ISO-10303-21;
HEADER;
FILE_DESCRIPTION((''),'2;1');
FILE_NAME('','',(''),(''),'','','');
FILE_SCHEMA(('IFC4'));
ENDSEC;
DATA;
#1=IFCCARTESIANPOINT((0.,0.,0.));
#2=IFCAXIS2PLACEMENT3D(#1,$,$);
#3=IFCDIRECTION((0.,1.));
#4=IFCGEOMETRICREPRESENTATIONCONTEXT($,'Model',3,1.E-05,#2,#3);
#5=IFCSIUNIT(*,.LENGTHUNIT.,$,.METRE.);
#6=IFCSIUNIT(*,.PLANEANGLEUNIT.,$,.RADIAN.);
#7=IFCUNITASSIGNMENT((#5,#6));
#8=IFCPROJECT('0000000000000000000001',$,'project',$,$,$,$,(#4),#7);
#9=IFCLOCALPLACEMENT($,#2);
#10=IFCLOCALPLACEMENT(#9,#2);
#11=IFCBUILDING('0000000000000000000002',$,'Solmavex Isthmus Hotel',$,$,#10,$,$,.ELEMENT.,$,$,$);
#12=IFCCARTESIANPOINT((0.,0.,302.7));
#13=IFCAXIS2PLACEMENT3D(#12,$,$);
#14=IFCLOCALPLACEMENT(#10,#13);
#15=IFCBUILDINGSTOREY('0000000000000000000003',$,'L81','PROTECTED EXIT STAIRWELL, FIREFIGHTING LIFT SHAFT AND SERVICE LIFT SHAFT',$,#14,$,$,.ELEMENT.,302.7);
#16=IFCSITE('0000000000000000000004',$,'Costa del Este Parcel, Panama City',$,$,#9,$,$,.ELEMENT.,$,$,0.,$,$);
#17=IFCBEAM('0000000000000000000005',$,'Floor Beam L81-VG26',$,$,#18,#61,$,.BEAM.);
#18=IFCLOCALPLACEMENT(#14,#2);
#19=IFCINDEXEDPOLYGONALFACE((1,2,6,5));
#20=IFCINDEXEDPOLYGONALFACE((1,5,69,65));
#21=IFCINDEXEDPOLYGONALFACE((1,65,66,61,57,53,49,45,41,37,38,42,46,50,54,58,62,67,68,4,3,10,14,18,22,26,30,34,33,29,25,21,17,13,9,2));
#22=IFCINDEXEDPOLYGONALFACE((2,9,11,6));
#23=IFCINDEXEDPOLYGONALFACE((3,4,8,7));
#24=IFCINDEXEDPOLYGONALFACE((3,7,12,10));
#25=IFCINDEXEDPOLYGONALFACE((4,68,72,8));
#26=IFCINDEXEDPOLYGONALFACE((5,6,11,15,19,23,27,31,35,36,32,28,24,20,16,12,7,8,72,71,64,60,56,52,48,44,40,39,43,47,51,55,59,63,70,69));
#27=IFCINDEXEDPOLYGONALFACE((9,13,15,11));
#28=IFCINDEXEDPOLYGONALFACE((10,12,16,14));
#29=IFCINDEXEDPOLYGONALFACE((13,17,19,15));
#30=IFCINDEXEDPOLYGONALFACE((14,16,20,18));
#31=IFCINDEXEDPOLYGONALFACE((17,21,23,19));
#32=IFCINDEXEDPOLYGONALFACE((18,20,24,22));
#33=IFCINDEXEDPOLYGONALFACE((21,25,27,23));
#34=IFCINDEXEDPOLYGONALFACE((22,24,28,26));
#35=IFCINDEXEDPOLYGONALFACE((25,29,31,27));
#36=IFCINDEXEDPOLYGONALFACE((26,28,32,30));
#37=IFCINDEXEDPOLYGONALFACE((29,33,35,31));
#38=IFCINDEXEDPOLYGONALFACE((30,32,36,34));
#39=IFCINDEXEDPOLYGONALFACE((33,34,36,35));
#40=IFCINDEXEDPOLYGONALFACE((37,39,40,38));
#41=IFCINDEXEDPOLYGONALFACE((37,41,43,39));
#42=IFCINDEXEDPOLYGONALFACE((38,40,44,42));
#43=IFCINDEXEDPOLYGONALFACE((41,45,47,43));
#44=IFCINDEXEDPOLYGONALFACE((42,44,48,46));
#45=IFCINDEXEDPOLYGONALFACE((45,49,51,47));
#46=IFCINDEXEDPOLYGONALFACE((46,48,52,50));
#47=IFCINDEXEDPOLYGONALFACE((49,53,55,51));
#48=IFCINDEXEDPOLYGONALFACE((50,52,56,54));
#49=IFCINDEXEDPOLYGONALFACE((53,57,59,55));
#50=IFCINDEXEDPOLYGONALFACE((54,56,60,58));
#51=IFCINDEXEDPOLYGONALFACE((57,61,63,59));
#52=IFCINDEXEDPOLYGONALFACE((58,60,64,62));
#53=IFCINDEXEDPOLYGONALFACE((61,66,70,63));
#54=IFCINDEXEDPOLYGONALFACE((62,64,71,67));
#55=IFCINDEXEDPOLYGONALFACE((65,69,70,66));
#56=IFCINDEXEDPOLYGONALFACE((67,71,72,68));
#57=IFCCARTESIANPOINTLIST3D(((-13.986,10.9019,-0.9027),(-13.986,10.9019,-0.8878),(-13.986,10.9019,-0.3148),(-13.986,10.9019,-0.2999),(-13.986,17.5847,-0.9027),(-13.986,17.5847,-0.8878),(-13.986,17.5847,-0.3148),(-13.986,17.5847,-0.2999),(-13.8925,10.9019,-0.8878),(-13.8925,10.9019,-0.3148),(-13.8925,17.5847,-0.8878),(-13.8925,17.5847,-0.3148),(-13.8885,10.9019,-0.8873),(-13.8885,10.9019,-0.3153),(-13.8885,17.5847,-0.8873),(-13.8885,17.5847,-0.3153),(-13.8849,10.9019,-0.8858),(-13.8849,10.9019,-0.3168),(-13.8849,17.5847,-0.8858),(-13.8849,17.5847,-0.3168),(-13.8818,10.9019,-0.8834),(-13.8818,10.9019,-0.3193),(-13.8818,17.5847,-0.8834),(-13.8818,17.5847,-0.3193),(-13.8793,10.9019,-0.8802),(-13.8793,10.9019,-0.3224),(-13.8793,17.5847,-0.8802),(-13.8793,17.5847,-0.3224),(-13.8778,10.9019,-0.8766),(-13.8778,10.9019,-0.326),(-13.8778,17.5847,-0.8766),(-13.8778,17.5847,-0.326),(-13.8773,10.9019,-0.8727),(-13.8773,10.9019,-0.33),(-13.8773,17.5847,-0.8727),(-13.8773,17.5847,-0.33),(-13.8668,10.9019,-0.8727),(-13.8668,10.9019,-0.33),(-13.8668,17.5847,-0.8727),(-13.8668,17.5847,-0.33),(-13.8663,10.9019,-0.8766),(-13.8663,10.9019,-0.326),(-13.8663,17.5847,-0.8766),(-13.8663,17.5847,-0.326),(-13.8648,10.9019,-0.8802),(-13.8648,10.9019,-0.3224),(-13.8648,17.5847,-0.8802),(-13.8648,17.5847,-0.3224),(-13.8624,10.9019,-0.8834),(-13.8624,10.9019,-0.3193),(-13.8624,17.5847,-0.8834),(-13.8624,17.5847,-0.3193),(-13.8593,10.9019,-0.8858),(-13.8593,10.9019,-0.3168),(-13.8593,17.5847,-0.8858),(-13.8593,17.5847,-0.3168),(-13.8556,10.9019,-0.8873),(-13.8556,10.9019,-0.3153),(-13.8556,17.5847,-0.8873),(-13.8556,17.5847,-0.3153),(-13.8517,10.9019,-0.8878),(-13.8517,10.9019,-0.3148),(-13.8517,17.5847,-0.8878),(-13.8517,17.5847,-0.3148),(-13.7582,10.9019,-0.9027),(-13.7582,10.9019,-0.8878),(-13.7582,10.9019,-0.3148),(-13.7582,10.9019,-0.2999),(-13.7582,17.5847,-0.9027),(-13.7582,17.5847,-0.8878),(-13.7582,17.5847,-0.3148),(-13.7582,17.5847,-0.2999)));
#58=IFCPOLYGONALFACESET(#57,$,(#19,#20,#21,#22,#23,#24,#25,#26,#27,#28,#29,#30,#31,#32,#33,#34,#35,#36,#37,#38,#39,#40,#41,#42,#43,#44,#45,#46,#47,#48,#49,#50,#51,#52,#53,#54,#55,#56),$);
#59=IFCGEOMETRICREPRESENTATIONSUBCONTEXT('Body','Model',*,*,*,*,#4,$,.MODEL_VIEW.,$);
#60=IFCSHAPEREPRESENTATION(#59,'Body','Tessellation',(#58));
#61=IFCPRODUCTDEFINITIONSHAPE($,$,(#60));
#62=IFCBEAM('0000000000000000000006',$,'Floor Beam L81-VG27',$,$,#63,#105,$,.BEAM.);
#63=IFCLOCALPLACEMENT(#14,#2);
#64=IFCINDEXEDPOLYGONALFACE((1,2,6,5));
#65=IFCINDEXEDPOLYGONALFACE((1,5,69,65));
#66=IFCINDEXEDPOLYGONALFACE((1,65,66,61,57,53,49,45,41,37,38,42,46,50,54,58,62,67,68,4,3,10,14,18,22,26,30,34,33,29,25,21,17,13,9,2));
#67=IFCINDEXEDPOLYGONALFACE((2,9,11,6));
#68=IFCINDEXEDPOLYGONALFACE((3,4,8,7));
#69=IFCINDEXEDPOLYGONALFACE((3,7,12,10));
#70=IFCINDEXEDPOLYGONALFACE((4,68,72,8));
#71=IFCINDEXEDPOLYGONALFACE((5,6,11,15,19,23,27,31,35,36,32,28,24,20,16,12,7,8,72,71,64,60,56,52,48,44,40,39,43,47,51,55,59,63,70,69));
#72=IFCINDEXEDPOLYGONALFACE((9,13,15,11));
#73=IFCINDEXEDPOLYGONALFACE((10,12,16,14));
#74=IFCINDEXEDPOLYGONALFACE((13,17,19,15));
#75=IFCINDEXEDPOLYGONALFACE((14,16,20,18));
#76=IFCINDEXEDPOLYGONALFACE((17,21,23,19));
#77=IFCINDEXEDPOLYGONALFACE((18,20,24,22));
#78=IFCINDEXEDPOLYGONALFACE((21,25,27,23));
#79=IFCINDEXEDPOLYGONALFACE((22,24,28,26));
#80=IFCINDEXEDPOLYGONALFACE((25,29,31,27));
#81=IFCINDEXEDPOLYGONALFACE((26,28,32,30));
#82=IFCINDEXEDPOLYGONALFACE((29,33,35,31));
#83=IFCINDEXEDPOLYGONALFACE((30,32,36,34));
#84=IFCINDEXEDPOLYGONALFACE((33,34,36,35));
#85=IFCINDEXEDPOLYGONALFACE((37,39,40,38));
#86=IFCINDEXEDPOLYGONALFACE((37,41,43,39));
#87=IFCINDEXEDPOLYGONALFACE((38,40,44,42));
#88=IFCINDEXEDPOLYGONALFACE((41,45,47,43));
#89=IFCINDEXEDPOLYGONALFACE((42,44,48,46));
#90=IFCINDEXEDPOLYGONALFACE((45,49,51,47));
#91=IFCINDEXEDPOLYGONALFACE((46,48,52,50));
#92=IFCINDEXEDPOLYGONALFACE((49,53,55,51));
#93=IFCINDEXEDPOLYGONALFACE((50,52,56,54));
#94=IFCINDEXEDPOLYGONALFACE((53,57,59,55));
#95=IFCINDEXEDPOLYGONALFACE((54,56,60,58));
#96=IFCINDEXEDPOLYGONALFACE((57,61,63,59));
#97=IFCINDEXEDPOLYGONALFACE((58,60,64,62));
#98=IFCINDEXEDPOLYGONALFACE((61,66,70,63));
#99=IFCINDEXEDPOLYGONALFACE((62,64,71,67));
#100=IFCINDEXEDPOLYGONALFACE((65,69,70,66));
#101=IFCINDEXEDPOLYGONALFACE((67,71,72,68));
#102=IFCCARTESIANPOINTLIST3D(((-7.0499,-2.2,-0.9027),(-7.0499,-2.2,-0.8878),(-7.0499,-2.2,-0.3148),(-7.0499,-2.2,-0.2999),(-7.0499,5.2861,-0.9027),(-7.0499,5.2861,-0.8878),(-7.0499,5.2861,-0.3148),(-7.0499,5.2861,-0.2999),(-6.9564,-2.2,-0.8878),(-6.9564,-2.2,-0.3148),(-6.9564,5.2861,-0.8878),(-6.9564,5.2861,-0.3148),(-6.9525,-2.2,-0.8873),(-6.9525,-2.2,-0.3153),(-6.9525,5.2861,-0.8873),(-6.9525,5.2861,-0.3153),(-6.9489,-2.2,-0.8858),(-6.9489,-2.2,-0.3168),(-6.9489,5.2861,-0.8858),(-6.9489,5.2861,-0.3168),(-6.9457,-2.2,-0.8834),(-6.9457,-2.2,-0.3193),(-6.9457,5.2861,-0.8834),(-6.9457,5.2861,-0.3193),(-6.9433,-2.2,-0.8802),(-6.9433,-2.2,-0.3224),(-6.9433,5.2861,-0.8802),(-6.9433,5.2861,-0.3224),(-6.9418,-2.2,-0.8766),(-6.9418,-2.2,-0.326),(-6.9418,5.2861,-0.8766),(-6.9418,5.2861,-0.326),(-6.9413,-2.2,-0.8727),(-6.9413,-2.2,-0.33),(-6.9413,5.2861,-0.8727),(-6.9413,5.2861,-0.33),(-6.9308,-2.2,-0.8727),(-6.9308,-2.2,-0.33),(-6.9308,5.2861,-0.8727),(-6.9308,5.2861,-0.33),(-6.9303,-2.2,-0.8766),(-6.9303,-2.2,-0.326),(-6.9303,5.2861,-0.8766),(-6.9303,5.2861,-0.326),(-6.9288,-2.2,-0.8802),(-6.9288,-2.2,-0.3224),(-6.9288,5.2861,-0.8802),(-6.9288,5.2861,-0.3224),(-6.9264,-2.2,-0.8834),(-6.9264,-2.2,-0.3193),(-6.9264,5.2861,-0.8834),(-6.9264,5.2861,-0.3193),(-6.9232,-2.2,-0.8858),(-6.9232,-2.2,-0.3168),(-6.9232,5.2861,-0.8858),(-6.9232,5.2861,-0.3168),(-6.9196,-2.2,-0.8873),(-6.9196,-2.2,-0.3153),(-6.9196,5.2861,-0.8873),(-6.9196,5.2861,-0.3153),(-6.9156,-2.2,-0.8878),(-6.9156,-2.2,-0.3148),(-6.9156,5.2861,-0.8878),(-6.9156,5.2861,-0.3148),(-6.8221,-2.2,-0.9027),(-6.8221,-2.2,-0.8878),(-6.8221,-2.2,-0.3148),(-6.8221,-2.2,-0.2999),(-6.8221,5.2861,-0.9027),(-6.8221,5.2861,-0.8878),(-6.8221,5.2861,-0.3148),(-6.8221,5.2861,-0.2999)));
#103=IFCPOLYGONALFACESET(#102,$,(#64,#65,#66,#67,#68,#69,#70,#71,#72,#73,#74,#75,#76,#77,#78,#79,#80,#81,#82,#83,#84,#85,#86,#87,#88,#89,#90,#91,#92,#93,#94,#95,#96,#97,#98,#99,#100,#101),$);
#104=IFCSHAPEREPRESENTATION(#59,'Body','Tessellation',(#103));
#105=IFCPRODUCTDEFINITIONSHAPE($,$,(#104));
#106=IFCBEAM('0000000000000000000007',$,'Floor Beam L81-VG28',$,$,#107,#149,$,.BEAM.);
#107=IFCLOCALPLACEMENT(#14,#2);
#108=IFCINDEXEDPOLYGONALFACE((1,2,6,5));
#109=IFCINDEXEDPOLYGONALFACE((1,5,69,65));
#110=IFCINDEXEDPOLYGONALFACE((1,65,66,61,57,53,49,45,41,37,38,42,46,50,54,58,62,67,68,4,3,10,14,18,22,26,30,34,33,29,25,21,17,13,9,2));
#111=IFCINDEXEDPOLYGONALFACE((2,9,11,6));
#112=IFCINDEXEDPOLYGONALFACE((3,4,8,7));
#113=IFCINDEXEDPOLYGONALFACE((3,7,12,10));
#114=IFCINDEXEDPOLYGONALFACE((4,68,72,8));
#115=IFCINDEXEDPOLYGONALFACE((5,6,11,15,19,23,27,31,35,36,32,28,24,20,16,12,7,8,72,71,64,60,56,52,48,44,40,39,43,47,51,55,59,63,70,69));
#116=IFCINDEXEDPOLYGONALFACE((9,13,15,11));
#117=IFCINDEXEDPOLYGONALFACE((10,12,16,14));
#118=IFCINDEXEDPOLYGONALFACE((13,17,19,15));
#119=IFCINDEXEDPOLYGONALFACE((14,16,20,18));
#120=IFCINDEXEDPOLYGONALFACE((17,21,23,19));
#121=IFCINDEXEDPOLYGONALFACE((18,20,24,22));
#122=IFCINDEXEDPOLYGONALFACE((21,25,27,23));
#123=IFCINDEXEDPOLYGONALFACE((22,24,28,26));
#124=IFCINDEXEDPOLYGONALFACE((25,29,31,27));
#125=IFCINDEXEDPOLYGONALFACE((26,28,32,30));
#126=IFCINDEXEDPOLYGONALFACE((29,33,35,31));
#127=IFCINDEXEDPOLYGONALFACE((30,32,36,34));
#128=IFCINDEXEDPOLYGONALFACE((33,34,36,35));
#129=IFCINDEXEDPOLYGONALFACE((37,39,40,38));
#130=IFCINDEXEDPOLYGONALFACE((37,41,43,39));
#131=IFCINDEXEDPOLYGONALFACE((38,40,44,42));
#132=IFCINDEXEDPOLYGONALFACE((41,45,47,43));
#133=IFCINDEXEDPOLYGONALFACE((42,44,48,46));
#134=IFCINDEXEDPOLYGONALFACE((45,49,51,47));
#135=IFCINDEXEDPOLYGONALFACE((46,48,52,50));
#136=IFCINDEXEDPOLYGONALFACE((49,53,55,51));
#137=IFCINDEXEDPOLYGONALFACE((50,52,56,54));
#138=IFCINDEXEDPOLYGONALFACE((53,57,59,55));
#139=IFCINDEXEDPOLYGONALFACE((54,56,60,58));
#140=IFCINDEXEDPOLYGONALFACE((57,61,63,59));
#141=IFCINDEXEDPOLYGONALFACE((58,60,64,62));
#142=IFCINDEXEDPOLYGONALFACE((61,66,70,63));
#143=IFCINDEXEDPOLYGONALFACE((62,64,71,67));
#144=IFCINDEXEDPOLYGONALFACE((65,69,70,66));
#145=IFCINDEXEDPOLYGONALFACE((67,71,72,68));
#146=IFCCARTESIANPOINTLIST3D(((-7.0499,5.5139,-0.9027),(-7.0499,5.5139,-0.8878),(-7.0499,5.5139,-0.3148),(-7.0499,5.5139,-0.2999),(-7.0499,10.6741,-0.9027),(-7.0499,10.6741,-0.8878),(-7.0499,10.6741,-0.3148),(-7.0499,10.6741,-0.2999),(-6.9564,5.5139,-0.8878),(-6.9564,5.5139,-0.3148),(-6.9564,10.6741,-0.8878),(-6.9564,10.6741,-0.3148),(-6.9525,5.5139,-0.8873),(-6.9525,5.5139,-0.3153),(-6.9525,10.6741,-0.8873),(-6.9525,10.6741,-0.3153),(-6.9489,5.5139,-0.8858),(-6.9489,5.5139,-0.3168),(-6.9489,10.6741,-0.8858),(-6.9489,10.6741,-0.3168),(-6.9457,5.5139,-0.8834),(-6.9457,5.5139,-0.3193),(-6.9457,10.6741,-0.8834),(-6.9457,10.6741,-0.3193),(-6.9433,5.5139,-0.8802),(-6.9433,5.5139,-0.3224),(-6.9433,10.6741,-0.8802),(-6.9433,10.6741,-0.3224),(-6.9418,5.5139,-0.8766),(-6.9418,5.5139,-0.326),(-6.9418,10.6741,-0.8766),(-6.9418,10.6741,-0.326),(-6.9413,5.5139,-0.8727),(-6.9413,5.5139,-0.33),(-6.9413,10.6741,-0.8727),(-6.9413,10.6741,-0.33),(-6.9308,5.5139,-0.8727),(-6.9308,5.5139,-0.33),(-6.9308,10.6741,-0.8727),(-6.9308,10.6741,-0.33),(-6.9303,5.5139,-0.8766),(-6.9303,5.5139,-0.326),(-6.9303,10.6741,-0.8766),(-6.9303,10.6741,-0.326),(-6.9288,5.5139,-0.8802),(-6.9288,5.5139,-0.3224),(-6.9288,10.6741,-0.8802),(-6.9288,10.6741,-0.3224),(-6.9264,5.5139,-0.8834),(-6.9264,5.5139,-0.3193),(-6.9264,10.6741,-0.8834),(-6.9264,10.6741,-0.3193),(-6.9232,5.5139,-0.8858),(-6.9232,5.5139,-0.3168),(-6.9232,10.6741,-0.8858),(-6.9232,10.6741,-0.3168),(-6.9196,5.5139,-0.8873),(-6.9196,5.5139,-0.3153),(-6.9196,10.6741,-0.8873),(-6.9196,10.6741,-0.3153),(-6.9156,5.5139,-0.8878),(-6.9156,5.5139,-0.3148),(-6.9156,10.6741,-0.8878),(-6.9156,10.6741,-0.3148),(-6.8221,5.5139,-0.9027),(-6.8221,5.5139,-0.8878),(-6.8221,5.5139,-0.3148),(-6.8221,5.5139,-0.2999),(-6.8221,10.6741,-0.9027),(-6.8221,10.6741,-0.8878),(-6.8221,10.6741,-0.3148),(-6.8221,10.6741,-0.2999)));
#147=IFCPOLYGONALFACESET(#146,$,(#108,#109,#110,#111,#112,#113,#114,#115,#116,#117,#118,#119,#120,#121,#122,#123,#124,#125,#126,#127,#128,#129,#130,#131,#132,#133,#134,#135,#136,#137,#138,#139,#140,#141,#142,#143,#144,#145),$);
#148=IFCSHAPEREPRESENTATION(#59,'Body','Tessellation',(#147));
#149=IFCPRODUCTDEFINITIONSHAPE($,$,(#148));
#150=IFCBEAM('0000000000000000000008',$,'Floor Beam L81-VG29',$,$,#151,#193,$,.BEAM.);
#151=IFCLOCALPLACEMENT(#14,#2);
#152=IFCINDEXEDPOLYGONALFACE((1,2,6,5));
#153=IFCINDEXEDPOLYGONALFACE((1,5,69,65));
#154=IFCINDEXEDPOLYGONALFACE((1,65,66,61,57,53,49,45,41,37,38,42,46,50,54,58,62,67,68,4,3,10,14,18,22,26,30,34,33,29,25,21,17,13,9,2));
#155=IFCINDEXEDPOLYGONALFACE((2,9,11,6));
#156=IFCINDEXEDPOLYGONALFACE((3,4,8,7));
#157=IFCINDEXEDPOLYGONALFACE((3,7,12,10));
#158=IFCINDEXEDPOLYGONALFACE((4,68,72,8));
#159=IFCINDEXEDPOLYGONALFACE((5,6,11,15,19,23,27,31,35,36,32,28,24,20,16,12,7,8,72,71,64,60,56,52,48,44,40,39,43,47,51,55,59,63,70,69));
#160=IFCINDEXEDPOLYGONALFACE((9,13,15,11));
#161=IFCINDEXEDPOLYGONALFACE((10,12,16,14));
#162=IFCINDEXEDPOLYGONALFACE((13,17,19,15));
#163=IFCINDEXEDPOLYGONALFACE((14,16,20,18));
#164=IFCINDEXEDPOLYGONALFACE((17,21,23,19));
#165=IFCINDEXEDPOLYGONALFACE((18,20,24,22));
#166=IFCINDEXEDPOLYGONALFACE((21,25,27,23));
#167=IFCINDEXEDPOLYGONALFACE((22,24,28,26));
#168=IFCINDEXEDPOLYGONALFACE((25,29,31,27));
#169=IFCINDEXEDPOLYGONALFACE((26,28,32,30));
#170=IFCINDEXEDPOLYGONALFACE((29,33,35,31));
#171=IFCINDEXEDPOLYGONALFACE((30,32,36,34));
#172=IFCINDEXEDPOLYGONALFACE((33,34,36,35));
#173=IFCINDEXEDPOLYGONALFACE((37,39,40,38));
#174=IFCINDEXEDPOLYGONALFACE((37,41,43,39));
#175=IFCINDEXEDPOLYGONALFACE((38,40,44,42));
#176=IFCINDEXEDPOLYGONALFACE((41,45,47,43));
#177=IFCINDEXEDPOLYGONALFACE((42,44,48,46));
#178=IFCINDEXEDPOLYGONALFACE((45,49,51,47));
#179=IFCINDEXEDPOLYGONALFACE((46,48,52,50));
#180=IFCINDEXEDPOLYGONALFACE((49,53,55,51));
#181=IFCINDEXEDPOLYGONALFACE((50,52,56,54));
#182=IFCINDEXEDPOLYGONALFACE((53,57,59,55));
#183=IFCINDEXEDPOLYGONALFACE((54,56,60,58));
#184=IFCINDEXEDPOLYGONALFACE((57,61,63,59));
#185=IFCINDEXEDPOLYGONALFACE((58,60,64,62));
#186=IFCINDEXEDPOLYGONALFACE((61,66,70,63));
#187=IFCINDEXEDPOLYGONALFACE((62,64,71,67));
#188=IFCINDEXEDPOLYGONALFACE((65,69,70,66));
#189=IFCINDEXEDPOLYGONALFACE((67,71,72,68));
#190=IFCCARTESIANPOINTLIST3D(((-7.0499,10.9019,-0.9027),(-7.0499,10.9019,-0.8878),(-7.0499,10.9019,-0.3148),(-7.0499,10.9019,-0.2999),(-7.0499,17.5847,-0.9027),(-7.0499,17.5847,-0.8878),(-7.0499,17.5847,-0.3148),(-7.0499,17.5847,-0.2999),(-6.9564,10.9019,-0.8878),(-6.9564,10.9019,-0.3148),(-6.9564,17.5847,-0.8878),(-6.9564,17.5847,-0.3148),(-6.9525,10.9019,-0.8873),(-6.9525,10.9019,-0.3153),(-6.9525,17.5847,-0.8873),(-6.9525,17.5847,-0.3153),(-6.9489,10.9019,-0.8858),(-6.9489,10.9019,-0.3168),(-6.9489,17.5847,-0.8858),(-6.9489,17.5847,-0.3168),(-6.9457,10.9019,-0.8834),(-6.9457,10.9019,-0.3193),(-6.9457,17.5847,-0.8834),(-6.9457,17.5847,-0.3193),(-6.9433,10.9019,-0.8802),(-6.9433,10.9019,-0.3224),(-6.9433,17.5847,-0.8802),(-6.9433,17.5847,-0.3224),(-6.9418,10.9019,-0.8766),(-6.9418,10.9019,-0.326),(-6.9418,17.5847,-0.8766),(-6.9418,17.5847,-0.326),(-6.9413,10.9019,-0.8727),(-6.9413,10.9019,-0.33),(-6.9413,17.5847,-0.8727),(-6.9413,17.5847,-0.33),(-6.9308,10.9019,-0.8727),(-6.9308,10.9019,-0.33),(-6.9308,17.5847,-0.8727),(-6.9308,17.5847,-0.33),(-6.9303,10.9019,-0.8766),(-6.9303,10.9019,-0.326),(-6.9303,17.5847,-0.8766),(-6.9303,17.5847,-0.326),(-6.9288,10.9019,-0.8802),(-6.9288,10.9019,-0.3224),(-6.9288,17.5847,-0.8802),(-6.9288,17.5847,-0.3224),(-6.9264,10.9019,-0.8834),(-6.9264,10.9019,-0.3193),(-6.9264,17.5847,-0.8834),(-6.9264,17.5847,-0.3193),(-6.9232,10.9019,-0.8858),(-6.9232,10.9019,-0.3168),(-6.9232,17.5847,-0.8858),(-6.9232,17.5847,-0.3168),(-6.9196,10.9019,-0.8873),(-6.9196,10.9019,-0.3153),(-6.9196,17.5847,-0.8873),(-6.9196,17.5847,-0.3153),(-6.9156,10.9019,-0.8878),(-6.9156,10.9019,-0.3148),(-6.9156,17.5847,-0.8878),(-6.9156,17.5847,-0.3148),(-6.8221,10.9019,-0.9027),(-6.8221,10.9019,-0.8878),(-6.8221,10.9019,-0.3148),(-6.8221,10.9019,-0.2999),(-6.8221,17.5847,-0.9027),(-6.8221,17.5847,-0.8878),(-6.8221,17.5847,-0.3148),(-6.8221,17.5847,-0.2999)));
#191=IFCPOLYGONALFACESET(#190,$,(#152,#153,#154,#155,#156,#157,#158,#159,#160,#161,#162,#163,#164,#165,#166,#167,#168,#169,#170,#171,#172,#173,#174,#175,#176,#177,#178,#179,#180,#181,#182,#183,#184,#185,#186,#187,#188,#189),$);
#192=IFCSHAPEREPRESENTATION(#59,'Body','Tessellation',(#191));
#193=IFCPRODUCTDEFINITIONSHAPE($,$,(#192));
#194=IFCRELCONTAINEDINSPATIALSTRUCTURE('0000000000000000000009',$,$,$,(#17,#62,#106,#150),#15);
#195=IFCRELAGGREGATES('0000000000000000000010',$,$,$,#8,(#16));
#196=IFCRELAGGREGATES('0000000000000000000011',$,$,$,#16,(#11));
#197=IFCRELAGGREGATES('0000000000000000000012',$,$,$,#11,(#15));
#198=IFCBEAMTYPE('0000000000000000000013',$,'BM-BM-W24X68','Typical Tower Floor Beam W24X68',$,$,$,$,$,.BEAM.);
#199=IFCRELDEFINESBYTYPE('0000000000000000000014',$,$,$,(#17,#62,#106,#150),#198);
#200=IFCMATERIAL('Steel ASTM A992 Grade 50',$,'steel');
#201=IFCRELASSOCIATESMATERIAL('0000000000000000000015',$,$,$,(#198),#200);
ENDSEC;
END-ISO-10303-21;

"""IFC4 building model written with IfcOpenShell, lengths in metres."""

from ifc_helpers import new_model, si_unit, direction, frame, origin, origin_2d, place, context, subcontext, project, spatial, i_section, extrude, material, material_profile, profile_set, type_object, element, save


model = new_model("IFC4")

# Units and contexts
model_context = context("Model", 3, precision=1e-05, world=origin(), true_north=direction((0.0, 1.0)))
body_context = subcontext(model_context, "Body", "Model", "MODEL_VIEW")
ifc_project = project(units=[si_unit("LENGTHUNIT", "METRE"), si_unit("PLANEANGLEUNIT", "RADIAN")], contexts=[model_context])

# Site, building, storey
site_placement = place(None, origin())
site = spatial("IfcSite", under=ifc_project, at=site_placement, Name="Costa del Este Parcel, Panama City", CompositionType="ELEMENT", RefElevation=0.0)
building_placement = place(site_placement, origin())
building = spatial("IfcBuilding", under=site, at=building_placement, Name="Solmavex Isthmus Hotel", CompositionType="ELEMENT")
storey_placement = place(building_placement, frame((0.0, 0.0, 302.7)))
storey = spatial("IfcBuildingStorey", under=building, at=storey_placement, Name="L81", Description="PROTECTED EXIT STAIRWELL, FIREFIGHTING LIFT SHAFT AND SERVICE LIFT SHAFT", CompositionType="ELEMENT", Elevation=302.7)

# Beams
ifc_material_1 = material(Name="Steel ASTM A992 Grade 50", Category="steel")
ifc_material_profile_1 = material_profile(ifc_material_1, i_section(OverallWidth=0.2278, OverallDepth=0.6028, WebThickness=0.0105, FlangeThickness=0.0149, FilletRadius=0.0151, at=origin_2d()), Name="W24X68")
ifc_profile_set_1 = profile_set([ifc_material_profile_1], Name="Steel ASTM A992 Grade 50")
beam_type_1 = type_object("IfcBeamType", Name="BM-BM-W24X68", Description="Typical Tower Floor Beam W24X68", PredefinedType="BEAM", material=ifc_profile_set_1)
beam_1_placement = place(storey_placement, frame((-13.8721, 10.9019, -0.6013), z_axis=(0.0, 1.0, 0.0), x_axis=(-1.0, 0.0, 0.0)))
element("IfcBeam", 1, at=beam_1_placement, inside=storey, type_object=beam_type_1, Name="Floor Beam L81-VG26", PredefinedType="BEAM", context=body_context, shape_type="SweptSolid", body=[
    extrude(i_section(OverallWidth=0.2278, OverallDepth=0.6028, WebThickness=0.0105, FlangeThickness=0.0149, FilletRadius=0.0151, at=origin_2d()), origin(), (0.0, 0.0, 1.0), 6.6829),
])
beam_2_placement = place(storey_placement, frame((-6.936, -2.2, -0.6013), z_axis=(0.0, 1.0, 0.0), x_axis=(-1.0, 0.0, 0.0)))
element("IfcBeam", 2, at=beam_2_placement, inside=storey, type_object=beam_type_1, Name="Floor Beam L81-VG27", PredefinedType="BEAM", context=body_context, shape_type="SweptSolid", body=[
    extrude(i_section(OverallWidth=0.2278, OverallDepth=0.6028, WebThickness=0.0105, FlangeThickness=0.0149, FilletRadius=0.0151, at=origin_2d()), origin(), (0.0, 0.0, 1.0), 7.4861),
])
beam_3_placement = place(storey_placement, frame((-6.936, 5.5139, -0.6013), z_axis=(0.0, 1.0, 0.0), x_axis=(-1.0, 0.0, 0.0)))
element("IfcBeam", 3, at=beam_3_placement, inside=storey, type_object=beam_type_1, Name="Floor Beam L81-VG28", PredefinedType="BEAM", context=body_context, shape_type="SweptSolid", body=[
    extrude(i_section(OverallWidth=0.2278, OverallDepth=0.6028, WebThickness=0.0105, FlangeThickness=0.0149, FilletRadius=0.0151, at=origin_2d()), origin(), (0.0, 0.0, 1.0), 5.1602),
])
beam_4_placement = place(storey_placement, frame((-6.936, 10.9019, -0.6013), z_axis=(0.0, 1.0, 0.0), x_axis=(-1.0, 0.0, 0.0)))
element("IfcBeam", 4, at=beam_4_placement, inside=storey, type_object=beam_type_1, Name="Floor Beam L81-VG29", PredefinedType="BEAM", context=body_context, shape_type="SweptSolid", body=[
    extrude(i_section(OverallWidth=0.2278, OverallDepth=0.6028, WebThickness=0.0105, FlangeThickness=0.0149, FilletRadius=0.0151, at=origin_2d()), origin(), (0.0, 0.0, 1.0), 6.6829),
])

save(model, "model.ifc")
